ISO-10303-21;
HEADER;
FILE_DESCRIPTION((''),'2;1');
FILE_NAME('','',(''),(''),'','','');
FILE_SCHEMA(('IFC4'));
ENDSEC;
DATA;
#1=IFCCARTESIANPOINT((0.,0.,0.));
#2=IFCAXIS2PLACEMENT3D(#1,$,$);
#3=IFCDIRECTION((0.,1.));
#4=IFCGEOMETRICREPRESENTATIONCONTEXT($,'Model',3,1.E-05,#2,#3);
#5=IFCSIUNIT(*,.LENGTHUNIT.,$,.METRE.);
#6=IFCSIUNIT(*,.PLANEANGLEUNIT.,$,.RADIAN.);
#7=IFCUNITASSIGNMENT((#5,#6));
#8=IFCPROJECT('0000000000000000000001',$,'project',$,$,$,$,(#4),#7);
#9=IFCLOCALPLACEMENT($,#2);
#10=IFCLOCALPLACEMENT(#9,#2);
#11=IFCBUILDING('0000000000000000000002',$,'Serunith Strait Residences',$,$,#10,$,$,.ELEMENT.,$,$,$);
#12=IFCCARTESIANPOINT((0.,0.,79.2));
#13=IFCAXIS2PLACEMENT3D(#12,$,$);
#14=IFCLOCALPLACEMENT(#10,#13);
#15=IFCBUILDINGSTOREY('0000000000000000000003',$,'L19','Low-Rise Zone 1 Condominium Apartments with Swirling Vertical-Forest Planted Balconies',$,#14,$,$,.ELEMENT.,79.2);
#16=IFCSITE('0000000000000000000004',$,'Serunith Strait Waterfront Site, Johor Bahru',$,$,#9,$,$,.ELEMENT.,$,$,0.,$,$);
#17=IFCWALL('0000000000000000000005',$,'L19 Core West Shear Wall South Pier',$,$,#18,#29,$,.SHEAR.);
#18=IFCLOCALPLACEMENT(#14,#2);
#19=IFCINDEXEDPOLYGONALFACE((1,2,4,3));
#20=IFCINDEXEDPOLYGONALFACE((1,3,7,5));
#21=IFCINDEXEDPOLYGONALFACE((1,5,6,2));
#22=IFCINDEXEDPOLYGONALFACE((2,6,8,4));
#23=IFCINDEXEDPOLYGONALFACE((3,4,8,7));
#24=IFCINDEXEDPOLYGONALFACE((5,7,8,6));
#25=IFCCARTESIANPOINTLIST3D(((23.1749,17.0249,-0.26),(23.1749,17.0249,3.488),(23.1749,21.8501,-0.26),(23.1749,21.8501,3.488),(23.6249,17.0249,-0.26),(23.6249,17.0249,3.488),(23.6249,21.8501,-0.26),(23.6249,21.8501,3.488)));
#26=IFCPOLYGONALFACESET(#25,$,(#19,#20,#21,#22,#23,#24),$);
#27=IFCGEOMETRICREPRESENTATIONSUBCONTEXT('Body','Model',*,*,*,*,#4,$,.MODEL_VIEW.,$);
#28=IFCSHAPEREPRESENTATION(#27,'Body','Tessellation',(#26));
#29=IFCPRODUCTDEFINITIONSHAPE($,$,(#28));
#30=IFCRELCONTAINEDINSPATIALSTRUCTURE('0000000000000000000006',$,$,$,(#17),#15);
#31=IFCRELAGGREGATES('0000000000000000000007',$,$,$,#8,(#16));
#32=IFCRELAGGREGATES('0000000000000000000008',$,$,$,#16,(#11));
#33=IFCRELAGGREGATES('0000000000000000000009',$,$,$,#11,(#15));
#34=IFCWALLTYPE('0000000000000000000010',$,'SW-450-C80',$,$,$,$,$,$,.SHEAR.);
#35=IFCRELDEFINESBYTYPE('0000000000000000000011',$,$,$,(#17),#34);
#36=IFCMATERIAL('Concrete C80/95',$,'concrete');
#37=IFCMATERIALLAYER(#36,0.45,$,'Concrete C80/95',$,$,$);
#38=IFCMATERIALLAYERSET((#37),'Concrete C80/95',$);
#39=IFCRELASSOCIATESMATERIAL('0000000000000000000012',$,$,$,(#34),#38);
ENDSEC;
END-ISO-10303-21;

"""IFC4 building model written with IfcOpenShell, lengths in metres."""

from ifc_helpers import new_model, si_unit, direction, frame, frame_2d, origin, place, context, subcontext, project, spatial, rectangle, extrude, material, layer, layer_set, type_object, element, save


model = new_model("IFC4")

# Units and contexts
model_context = context("Model", 3, precision=1e-05, world=origin(), true_north=direction((0.0, 1.0)))
body_context = subcontext(model_context, "Body", "Model", "MODEL_VIEW")
ifc_project = project(units=[si_unit("LENGTHUNIT", "METRE"), si_unit("PLANEANGLEUNIT", "RADIAN")], contexts=[model_context])

# Site, building, storey
site_placement = place(None, origin())
site = spatial("IfcSite", under=ifc_project, at=site_placement, Name="Serunith Strait Waterfront Site, Johor Bahru", CompositionType="ELEMENT", RefElevation=0.0)
building_placement = place(site_placement, origin())
building = spatial("IfcBuilding", under=site, at=building_placement, Name="Serunith Strait Residences", CompositionType="ELEMENT")
storey_placement = place(building_placement, frame((0.0, 0.0, 79.2)))
storey = spatial("IfcBuildingStorey", under=building, at=storey_placement, Name="L19", Description="Low-Rise Zone 1 Condominium Apartments with Swirling Vertical-Forest Planted Balconies", CompositionType="ELEMENT", Elevation=79.2)

# Wall
ifc_material_1 = material(Name="Concrete C80/95", Category="concrete")
ifc_layer_1 = layer(ifc_material_1, 0.45, Name="Concrete C80/95")
ifc_layer_set_1 = layer_set([ifc_layer_1], Name="Concrete C80/95")
wall_type_1 = type_object("IfcWallType", Name="SW-450-C80", PredefinedType="SHEAR", material=ifc_layer_set_1)
wall_1_placement = place(storey_placement, frame((23.3999, 17.0249, -0.26), z_axis=(0.0, 0.0, 1.0), x_axis=(0.0, 1.0, 0.0)))
element("IfcWall", 1, at=wall_1_placement, inside=storey, type_object=wall_type_1, Name="L19 Core West Shear Wall South Pier", PredefinedType="SHEAR", context=body_context, shape_type="SweptSolid", body=[
    extrude(rectangle(XDim=4.8252, YDim=0.45, at=frame_2d((2.4126, 0.0))), origin(), (0.0, 0.0, 1.0), 3.748),
])

save(model, "model.ifc")
